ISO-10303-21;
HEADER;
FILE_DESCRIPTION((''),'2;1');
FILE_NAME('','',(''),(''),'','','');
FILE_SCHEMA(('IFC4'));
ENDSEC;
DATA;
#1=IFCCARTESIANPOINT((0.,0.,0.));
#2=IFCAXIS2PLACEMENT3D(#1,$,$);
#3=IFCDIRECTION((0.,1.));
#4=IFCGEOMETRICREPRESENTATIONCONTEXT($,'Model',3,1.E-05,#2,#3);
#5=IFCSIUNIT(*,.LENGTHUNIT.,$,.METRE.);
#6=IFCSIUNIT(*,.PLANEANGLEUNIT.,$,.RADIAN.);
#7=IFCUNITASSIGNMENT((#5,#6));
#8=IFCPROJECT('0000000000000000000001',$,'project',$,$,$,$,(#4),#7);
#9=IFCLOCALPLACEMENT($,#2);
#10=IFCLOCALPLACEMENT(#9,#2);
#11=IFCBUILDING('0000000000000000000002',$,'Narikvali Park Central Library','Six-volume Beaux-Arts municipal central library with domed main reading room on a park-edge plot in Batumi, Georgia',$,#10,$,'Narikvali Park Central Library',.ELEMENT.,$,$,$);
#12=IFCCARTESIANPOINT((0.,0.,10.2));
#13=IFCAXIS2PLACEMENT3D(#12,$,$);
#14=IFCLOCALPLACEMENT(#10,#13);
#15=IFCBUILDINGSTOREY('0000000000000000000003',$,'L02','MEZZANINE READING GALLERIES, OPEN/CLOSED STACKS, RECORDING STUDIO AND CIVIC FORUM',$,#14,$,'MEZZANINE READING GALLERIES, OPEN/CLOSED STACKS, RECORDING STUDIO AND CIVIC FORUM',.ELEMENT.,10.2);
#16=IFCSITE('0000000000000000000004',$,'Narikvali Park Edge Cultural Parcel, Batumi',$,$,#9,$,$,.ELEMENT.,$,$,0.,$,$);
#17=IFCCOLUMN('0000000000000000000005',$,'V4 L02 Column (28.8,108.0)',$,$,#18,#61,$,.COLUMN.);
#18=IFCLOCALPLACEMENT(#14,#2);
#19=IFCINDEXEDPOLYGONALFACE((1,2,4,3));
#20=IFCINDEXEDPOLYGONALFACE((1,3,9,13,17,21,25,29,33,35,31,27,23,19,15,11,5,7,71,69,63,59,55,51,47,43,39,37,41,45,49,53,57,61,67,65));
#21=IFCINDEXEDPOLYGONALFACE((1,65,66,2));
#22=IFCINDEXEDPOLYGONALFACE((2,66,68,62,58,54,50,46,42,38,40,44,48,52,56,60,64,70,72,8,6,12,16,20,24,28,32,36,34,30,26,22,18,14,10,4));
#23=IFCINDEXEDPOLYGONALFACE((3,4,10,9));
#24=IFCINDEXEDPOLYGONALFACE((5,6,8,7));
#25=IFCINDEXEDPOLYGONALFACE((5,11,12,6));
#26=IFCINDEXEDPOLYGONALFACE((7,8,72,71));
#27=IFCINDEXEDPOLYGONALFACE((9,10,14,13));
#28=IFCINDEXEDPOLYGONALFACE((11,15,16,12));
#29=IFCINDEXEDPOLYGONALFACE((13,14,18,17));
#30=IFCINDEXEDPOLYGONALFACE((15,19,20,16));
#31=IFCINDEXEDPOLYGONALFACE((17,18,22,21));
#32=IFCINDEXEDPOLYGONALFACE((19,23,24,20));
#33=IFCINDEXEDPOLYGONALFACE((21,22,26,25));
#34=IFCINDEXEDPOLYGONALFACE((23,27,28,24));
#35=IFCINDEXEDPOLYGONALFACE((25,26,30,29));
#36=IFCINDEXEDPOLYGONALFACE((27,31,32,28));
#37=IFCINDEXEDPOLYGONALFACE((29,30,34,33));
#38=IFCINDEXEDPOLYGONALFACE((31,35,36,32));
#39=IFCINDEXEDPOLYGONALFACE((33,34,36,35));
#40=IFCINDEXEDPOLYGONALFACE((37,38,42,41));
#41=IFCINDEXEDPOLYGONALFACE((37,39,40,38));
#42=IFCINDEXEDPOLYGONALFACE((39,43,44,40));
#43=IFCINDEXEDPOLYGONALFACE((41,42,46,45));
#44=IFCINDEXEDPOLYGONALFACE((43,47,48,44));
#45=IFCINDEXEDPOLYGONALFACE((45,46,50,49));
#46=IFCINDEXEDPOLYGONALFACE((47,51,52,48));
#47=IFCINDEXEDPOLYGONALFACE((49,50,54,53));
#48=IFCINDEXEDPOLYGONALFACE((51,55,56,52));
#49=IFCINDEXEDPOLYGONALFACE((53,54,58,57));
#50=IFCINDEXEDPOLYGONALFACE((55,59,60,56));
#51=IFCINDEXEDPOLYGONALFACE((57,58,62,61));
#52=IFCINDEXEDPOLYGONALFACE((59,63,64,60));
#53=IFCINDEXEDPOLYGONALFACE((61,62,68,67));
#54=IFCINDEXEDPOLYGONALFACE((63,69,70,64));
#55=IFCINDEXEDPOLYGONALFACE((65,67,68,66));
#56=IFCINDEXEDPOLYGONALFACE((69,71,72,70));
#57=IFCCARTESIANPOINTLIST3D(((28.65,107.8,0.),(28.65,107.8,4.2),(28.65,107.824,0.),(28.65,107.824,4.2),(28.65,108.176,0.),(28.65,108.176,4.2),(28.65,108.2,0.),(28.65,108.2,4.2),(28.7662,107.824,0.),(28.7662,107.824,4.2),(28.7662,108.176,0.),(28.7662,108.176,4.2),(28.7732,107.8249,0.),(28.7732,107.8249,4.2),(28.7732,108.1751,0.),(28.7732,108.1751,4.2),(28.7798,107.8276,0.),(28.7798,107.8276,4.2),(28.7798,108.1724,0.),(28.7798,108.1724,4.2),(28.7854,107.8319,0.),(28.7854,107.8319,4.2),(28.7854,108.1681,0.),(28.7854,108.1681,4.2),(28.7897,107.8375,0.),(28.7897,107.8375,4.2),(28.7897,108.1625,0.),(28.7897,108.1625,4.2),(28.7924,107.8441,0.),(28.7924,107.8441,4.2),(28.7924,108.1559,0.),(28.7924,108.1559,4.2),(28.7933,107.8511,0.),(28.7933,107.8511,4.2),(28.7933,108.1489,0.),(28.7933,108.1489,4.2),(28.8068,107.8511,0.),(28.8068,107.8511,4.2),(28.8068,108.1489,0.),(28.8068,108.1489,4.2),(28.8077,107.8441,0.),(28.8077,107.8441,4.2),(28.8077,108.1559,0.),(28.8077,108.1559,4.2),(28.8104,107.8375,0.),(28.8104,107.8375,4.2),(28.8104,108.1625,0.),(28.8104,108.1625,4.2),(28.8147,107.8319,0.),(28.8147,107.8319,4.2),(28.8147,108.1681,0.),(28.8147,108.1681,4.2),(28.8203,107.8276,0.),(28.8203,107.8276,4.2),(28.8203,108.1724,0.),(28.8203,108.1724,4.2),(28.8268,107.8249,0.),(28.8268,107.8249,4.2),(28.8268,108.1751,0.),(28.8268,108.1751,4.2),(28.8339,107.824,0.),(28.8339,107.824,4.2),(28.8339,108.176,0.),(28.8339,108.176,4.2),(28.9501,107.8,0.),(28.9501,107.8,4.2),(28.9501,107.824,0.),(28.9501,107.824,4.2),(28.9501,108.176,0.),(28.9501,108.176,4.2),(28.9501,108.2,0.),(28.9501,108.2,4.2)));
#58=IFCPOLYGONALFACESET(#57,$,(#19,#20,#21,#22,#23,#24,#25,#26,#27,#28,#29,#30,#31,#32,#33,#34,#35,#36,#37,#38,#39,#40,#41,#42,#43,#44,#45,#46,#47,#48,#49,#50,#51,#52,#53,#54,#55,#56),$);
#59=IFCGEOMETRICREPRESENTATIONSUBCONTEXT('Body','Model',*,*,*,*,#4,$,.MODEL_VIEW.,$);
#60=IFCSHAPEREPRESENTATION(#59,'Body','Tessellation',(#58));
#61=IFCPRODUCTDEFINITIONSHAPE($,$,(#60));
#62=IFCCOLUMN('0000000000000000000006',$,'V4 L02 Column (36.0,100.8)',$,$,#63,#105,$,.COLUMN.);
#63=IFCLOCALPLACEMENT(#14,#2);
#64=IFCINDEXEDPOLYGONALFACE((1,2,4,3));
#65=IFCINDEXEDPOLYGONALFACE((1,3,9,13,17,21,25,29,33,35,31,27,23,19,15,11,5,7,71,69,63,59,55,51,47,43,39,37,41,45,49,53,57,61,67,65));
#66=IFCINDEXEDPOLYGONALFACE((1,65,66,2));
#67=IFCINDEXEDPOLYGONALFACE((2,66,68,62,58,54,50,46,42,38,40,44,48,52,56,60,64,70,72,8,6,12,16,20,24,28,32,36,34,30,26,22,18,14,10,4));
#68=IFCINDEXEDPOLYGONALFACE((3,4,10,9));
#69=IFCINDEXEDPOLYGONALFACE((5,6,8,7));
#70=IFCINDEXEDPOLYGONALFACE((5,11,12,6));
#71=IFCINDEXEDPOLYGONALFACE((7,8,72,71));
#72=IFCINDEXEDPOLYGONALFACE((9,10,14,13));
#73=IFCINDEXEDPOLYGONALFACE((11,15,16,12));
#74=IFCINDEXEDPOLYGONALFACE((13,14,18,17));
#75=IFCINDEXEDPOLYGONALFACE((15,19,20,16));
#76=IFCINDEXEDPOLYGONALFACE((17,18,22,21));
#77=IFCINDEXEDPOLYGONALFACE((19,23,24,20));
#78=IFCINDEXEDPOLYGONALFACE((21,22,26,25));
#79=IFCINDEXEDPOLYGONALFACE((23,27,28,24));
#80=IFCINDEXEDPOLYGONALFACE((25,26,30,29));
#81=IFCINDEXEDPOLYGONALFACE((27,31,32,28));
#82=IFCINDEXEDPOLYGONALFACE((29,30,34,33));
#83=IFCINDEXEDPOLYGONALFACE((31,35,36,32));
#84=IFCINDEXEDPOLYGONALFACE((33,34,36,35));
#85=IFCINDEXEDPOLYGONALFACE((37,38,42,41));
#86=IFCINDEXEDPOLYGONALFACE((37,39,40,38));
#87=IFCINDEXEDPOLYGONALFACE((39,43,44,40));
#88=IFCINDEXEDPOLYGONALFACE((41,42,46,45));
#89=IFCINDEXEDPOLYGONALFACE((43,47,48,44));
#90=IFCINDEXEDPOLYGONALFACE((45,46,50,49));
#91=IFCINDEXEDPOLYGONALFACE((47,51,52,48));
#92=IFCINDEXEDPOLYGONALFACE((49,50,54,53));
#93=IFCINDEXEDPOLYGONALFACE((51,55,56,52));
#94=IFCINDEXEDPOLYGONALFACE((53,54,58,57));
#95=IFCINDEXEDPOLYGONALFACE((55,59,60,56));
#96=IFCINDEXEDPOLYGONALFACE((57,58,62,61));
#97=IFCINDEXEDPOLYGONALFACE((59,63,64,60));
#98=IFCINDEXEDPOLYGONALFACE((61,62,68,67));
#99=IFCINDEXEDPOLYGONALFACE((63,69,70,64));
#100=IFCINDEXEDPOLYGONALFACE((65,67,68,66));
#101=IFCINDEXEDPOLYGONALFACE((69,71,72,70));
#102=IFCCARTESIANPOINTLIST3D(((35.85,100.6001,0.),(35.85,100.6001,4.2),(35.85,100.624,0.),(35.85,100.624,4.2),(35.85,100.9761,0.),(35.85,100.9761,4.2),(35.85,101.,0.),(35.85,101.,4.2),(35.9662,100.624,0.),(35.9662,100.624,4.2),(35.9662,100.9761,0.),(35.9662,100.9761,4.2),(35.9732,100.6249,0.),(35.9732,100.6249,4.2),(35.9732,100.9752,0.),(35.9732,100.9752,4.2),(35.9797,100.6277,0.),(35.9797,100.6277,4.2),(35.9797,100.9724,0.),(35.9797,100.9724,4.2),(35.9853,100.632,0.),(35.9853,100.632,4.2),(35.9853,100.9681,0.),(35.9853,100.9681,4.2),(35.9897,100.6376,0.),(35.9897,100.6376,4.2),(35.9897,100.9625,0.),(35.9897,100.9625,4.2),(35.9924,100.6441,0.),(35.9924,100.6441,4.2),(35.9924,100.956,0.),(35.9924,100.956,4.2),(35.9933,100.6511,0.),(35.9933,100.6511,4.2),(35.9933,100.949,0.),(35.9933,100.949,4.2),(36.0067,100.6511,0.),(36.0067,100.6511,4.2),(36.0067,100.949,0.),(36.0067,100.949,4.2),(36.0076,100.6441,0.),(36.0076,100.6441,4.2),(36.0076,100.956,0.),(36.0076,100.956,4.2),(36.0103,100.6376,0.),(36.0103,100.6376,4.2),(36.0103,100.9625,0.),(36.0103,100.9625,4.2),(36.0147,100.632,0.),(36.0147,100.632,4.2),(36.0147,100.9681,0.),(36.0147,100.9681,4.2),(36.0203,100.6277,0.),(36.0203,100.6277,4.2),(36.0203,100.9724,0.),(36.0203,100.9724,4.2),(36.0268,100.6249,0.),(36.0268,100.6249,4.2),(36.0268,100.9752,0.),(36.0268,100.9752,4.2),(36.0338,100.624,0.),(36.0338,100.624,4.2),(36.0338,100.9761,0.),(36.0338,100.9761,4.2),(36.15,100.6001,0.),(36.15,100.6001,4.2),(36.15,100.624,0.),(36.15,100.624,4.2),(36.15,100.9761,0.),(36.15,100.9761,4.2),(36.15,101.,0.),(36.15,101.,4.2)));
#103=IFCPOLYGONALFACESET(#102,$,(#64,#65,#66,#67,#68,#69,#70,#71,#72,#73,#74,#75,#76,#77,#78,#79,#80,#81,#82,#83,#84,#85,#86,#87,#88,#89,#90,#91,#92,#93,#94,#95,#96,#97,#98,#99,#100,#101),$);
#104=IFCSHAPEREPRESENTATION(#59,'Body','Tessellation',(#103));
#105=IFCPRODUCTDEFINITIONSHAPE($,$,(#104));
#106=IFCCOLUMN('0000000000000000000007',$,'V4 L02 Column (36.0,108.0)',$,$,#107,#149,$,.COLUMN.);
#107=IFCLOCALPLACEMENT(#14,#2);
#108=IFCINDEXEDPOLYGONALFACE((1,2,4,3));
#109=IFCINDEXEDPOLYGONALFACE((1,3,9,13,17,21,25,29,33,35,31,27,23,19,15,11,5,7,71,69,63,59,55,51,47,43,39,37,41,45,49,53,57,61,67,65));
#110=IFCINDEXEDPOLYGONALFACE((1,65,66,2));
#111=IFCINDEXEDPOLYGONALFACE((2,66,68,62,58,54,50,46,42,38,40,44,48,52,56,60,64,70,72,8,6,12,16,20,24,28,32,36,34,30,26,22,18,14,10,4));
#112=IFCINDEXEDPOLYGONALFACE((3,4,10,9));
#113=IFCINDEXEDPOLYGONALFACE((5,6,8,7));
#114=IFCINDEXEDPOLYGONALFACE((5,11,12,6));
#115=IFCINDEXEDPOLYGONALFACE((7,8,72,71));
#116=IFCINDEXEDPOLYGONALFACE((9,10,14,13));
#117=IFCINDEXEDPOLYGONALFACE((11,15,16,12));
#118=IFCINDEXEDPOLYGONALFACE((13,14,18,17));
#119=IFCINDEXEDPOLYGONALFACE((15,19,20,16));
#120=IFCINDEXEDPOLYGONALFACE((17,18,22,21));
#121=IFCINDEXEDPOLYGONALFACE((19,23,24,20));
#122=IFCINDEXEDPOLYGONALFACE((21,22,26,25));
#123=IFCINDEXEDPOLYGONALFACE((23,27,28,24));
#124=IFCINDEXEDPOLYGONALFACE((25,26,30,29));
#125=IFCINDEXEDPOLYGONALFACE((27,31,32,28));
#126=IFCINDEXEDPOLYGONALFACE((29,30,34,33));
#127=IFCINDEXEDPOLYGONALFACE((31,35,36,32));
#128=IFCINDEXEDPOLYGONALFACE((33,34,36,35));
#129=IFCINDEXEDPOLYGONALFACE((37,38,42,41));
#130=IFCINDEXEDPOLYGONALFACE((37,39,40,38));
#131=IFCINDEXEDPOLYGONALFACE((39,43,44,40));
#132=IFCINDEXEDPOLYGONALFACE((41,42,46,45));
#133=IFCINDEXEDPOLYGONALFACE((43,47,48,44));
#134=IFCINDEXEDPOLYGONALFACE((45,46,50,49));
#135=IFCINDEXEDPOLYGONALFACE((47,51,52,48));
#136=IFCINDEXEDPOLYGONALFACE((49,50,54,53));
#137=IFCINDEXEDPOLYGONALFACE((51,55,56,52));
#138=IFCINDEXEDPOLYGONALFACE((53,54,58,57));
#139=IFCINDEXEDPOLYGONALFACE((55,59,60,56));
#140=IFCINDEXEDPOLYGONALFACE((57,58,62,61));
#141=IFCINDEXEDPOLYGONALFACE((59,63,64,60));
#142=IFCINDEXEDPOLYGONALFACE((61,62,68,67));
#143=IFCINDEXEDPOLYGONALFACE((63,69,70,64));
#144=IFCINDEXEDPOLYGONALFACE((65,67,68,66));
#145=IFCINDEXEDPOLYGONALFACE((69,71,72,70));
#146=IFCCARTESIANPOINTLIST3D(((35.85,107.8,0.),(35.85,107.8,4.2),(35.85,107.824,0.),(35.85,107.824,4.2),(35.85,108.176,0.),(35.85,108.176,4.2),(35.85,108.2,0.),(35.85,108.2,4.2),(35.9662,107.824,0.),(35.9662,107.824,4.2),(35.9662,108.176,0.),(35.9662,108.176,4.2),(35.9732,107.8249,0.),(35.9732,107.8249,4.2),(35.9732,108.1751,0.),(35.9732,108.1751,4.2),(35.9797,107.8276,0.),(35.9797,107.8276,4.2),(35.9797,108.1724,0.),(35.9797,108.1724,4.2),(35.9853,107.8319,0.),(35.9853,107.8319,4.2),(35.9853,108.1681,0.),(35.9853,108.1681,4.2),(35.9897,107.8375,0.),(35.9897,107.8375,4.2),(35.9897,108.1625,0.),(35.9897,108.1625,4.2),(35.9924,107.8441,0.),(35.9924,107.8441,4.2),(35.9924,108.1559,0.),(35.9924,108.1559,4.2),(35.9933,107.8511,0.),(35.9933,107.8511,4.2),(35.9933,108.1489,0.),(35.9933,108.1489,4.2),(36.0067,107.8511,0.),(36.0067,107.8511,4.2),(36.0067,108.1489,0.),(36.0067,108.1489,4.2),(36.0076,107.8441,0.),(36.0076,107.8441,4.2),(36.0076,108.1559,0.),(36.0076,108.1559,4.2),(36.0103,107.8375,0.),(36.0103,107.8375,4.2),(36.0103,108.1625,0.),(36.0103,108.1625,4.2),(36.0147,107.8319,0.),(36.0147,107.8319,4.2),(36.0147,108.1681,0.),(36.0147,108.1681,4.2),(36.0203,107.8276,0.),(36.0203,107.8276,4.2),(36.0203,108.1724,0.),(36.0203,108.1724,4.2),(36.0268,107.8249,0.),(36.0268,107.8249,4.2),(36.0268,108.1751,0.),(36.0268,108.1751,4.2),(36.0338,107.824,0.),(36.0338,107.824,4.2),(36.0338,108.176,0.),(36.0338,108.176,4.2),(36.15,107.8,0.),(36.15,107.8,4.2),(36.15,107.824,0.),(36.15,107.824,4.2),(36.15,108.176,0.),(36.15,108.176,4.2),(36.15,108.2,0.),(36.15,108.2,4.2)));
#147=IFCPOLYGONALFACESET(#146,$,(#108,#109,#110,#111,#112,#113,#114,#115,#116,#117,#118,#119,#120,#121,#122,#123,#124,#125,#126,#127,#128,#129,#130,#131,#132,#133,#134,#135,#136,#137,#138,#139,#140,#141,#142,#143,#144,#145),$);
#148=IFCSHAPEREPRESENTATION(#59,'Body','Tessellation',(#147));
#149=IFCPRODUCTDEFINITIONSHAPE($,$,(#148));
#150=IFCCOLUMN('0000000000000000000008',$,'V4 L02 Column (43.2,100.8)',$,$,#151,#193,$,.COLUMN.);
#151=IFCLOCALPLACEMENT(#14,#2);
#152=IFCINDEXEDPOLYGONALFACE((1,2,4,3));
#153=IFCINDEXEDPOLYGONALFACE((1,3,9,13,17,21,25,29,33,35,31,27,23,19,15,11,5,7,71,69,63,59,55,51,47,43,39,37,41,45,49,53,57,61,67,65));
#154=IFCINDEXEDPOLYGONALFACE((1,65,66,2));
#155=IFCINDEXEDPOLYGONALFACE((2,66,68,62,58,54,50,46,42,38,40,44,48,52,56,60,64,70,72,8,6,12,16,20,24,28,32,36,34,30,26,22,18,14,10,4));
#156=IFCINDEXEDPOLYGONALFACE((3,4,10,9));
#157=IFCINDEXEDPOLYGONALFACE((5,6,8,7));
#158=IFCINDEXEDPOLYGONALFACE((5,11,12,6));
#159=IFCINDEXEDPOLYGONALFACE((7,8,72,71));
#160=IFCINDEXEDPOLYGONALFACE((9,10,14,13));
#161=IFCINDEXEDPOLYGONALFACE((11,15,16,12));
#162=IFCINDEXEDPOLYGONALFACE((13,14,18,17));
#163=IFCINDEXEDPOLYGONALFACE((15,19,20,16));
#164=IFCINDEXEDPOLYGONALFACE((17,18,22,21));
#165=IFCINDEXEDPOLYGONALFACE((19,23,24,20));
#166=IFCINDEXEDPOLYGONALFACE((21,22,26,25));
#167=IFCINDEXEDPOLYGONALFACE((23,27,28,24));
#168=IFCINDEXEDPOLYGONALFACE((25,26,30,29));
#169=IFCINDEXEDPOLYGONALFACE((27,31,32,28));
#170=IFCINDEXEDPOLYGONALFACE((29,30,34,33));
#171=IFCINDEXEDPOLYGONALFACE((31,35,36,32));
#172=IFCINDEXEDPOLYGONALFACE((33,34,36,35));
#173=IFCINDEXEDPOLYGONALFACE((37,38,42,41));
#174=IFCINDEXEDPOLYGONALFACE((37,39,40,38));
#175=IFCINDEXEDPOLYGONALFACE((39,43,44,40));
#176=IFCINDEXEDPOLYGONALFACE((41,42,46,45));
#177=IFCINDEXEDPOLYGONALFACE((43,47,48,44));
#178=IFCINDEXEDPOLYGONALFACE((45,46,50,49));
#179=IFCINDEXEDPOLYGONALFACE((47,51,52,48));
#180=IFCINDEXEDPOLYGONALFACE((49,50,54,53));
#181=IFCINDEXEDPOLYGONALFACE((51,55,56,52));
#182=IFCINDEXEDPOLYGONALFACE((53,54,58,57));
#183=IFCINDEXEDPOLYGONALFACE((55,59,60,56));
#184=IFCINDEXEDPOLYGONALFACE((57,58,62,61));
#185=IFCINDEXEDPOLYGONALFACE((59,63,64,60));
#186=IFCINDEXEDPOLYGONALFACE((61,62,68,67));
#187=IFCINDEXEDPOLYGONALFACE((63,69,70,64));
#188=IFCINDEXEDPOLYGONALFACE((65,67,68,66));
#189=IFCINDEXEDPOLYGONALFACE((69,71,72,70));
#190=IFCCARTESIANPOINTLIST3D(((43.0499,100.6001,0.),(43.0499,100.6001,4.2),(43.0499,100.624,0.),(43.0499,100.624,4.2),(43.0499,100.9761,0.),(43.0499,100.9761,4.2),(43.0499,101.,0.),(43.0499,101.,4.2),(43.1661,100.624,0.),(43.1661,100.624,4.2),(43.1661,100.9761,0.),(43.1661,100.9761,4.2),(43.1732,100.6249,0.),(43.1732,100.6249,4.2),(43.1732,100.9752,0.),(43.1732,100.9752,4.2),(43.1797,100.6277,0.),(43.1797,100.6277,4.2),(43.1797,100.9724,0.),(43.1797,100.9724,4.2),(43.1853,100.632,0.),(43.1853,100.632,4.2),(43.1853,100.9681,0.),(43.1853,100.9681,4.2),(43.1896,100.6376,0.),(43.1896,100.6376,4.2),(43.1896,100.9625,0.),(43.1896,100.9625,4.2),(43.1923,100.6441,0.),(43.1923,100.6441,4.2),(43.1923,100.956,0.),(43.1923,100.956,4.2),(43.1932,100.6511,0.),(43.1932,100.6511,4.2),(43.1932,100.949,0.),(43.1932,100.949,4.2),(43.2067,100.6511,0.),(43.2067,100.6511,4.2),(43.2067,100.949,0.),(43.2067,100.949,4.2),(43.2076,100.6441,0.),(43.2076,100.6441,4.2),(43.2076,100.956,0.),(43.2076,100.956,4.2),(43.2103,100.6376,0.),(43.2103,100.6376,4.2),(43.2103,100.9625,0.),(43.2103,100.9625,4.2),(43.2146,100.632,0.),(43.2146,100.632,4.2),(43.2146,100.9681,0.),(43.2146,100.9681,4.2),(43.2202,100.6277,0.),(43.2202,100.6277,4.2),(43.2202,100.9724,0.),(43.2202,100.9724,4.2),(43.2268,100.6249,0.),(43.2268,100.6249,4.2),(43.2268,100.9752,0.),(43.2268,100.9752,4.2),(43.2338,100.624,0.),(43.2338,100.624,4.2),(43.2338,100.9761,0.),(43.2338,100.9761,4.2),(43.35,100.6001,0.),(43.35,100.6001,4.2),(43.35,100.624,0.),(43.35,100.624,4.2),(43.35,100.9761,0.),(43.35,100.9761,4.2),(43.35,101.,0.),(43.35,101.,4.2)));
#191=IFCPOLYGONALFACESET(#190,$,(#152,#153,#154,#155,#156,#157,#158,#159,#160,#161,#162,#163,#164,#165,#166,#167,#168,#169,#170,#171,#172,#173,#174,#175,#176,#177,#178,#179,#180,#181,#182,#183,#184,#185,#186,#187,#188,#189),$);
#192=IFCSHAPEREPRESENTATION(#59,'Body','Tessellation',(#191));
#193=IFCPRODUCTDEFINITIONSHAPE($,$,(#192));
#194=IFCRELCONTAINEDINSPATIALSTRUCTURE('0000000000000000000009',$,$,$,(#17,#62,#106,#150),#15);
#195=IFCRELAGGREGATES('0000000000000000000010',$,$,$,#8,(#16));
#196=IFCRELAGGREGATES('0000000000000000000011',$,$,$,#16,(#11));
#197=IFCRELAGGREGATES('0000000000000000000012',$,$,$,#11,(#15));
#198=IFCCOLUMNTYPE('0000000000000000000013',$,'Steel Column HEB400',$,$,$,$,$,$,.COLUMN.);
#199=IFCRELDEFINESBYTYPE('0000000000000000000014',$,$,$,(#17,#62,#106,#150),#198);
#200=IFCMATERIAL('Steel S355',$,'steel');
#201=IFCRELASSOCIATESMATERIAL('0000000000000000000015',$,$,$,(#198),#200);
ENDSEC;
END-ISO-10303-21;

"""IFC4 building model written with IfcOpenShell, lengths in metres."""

from ifc_helpers import new_model, si_unit, direction, frame, origin, origin_2d, place, context, subcontext, project, spatial, i_section, extrude, material, material_profile, profile_set, type_object, element, save


model = new_model("IFC4")

# Units and contexts
model_context = context("Model", 3, precision=1e-05, world=origin(), true_north=direction((0.0, 1.0)))
body_context = subcontext(model_context, "Body", "Model", "MODEL_VIEW")
ifc_project = project(units=[si_unit("LENGTHUNIT", "METRE"), si_unit("PLANEANGLEUNIT", "RADIAN")], contexts=[model_context])

# Site, building, storey
site_placement = place(None, origin())
site = spatial("IfcSite", under=ifc_project, at=site_placement, Name="Narikvali Park Edge Cultural Parcel, Batumi", CompositionType="ELEMENT", RefElevation=0.0)
building_placement = place(site_placement, origin())
building = spatial("IfcBuilding", under=site, at=building_placement, Name="Narikvali Park Central Library", Description="Six-volume Beaux-Arts municipal central library with domed main reading room on a park-edge plot in Batumi, Georgia", LongName="Narikvali Park Central Library", CompositionType="ELEMENT")
storey_placement = place(building_placement, frame((0.0, 0.0, 10.2)))
storey = spatial("IfcBuildingStorey", under=building, at=storey_placement, Name="L02", Description="MEZZANINE READING GALLERIES, OPEN/CLOSED STACKS, RECORDING STUDIO AND CIVIC FORUM", LongName="MEZZANINE READING GALLERIES, OPEN/CLOSED STACKS, RECORDING STUDIO AND CIVIC FORUM", CompositionType="ELEMENT", Elevation=10.2)

# Columns
ifc_material_1 = material(Name="Steel S355", Category="steel")
ifc_material_profile_1 = material_profile(ifc_material_1, i_section(OverallWidth=0.3, OverallDepth=0.3999, WebThickness=0.0134, FlangeThickness=0.0239, FilletRadius=0.0271, at=origin_2d()), Name="HEB 400")
ifc_profile_set_1 = profile_set([ifc_material_profile_1], Name="Steel S355")
column_type = type_object("IfcColumnType", Name="Steel Column HEB400", PredefinedType="COLUMN", material=ifc_profile_set_1)
for number, where, z_axis, x_axis, name in (
    (1, (28.8, 108.0, 0.0), (0.0, 0.0, 1.0), (1.0, 0.0, 0.0), "V4 L02 Column (28.8,108.0)"),
    (2, (36.0, 100.8, 0.0), (0.0, 0.0, 1.0), (1.0, 0.0, 0.0), "V4 L02 Column (36.0,100.8)"),
    (3, (36.0, 108.0, 0.0), (0.0, 0.0, 1.0), (1.0, 0.0, 0.0), "V4 L02 Column (36.0,108.0)"),
    (4, (43.2, 100.8, 0.0), (0.0, 0.0, 1.0), (1.0, 0.0, 0.0), "V4 L02 Column (43.2,100.8)"),
):
    element("IfcColumn", number, at=place(storey_placement, frame(where, z_axis=z_axis, x_axis=x_axis)), inside=storey, type_object=column_type, Name=name, PredefinedType="COLUMN", context=body_context, shape_type="SweptSolid", body=[
        extrude(i_section(OverallWidth=0.3, OverallDepth=0.3999, WebThickness=0.0134, FlangeThickness=0.0239, FilletRadius=0.0271, at=origin_2d()), origin(), (0.0, 0.0, 1.0), 4.2),
    ])

save(model, "model.ifc")
